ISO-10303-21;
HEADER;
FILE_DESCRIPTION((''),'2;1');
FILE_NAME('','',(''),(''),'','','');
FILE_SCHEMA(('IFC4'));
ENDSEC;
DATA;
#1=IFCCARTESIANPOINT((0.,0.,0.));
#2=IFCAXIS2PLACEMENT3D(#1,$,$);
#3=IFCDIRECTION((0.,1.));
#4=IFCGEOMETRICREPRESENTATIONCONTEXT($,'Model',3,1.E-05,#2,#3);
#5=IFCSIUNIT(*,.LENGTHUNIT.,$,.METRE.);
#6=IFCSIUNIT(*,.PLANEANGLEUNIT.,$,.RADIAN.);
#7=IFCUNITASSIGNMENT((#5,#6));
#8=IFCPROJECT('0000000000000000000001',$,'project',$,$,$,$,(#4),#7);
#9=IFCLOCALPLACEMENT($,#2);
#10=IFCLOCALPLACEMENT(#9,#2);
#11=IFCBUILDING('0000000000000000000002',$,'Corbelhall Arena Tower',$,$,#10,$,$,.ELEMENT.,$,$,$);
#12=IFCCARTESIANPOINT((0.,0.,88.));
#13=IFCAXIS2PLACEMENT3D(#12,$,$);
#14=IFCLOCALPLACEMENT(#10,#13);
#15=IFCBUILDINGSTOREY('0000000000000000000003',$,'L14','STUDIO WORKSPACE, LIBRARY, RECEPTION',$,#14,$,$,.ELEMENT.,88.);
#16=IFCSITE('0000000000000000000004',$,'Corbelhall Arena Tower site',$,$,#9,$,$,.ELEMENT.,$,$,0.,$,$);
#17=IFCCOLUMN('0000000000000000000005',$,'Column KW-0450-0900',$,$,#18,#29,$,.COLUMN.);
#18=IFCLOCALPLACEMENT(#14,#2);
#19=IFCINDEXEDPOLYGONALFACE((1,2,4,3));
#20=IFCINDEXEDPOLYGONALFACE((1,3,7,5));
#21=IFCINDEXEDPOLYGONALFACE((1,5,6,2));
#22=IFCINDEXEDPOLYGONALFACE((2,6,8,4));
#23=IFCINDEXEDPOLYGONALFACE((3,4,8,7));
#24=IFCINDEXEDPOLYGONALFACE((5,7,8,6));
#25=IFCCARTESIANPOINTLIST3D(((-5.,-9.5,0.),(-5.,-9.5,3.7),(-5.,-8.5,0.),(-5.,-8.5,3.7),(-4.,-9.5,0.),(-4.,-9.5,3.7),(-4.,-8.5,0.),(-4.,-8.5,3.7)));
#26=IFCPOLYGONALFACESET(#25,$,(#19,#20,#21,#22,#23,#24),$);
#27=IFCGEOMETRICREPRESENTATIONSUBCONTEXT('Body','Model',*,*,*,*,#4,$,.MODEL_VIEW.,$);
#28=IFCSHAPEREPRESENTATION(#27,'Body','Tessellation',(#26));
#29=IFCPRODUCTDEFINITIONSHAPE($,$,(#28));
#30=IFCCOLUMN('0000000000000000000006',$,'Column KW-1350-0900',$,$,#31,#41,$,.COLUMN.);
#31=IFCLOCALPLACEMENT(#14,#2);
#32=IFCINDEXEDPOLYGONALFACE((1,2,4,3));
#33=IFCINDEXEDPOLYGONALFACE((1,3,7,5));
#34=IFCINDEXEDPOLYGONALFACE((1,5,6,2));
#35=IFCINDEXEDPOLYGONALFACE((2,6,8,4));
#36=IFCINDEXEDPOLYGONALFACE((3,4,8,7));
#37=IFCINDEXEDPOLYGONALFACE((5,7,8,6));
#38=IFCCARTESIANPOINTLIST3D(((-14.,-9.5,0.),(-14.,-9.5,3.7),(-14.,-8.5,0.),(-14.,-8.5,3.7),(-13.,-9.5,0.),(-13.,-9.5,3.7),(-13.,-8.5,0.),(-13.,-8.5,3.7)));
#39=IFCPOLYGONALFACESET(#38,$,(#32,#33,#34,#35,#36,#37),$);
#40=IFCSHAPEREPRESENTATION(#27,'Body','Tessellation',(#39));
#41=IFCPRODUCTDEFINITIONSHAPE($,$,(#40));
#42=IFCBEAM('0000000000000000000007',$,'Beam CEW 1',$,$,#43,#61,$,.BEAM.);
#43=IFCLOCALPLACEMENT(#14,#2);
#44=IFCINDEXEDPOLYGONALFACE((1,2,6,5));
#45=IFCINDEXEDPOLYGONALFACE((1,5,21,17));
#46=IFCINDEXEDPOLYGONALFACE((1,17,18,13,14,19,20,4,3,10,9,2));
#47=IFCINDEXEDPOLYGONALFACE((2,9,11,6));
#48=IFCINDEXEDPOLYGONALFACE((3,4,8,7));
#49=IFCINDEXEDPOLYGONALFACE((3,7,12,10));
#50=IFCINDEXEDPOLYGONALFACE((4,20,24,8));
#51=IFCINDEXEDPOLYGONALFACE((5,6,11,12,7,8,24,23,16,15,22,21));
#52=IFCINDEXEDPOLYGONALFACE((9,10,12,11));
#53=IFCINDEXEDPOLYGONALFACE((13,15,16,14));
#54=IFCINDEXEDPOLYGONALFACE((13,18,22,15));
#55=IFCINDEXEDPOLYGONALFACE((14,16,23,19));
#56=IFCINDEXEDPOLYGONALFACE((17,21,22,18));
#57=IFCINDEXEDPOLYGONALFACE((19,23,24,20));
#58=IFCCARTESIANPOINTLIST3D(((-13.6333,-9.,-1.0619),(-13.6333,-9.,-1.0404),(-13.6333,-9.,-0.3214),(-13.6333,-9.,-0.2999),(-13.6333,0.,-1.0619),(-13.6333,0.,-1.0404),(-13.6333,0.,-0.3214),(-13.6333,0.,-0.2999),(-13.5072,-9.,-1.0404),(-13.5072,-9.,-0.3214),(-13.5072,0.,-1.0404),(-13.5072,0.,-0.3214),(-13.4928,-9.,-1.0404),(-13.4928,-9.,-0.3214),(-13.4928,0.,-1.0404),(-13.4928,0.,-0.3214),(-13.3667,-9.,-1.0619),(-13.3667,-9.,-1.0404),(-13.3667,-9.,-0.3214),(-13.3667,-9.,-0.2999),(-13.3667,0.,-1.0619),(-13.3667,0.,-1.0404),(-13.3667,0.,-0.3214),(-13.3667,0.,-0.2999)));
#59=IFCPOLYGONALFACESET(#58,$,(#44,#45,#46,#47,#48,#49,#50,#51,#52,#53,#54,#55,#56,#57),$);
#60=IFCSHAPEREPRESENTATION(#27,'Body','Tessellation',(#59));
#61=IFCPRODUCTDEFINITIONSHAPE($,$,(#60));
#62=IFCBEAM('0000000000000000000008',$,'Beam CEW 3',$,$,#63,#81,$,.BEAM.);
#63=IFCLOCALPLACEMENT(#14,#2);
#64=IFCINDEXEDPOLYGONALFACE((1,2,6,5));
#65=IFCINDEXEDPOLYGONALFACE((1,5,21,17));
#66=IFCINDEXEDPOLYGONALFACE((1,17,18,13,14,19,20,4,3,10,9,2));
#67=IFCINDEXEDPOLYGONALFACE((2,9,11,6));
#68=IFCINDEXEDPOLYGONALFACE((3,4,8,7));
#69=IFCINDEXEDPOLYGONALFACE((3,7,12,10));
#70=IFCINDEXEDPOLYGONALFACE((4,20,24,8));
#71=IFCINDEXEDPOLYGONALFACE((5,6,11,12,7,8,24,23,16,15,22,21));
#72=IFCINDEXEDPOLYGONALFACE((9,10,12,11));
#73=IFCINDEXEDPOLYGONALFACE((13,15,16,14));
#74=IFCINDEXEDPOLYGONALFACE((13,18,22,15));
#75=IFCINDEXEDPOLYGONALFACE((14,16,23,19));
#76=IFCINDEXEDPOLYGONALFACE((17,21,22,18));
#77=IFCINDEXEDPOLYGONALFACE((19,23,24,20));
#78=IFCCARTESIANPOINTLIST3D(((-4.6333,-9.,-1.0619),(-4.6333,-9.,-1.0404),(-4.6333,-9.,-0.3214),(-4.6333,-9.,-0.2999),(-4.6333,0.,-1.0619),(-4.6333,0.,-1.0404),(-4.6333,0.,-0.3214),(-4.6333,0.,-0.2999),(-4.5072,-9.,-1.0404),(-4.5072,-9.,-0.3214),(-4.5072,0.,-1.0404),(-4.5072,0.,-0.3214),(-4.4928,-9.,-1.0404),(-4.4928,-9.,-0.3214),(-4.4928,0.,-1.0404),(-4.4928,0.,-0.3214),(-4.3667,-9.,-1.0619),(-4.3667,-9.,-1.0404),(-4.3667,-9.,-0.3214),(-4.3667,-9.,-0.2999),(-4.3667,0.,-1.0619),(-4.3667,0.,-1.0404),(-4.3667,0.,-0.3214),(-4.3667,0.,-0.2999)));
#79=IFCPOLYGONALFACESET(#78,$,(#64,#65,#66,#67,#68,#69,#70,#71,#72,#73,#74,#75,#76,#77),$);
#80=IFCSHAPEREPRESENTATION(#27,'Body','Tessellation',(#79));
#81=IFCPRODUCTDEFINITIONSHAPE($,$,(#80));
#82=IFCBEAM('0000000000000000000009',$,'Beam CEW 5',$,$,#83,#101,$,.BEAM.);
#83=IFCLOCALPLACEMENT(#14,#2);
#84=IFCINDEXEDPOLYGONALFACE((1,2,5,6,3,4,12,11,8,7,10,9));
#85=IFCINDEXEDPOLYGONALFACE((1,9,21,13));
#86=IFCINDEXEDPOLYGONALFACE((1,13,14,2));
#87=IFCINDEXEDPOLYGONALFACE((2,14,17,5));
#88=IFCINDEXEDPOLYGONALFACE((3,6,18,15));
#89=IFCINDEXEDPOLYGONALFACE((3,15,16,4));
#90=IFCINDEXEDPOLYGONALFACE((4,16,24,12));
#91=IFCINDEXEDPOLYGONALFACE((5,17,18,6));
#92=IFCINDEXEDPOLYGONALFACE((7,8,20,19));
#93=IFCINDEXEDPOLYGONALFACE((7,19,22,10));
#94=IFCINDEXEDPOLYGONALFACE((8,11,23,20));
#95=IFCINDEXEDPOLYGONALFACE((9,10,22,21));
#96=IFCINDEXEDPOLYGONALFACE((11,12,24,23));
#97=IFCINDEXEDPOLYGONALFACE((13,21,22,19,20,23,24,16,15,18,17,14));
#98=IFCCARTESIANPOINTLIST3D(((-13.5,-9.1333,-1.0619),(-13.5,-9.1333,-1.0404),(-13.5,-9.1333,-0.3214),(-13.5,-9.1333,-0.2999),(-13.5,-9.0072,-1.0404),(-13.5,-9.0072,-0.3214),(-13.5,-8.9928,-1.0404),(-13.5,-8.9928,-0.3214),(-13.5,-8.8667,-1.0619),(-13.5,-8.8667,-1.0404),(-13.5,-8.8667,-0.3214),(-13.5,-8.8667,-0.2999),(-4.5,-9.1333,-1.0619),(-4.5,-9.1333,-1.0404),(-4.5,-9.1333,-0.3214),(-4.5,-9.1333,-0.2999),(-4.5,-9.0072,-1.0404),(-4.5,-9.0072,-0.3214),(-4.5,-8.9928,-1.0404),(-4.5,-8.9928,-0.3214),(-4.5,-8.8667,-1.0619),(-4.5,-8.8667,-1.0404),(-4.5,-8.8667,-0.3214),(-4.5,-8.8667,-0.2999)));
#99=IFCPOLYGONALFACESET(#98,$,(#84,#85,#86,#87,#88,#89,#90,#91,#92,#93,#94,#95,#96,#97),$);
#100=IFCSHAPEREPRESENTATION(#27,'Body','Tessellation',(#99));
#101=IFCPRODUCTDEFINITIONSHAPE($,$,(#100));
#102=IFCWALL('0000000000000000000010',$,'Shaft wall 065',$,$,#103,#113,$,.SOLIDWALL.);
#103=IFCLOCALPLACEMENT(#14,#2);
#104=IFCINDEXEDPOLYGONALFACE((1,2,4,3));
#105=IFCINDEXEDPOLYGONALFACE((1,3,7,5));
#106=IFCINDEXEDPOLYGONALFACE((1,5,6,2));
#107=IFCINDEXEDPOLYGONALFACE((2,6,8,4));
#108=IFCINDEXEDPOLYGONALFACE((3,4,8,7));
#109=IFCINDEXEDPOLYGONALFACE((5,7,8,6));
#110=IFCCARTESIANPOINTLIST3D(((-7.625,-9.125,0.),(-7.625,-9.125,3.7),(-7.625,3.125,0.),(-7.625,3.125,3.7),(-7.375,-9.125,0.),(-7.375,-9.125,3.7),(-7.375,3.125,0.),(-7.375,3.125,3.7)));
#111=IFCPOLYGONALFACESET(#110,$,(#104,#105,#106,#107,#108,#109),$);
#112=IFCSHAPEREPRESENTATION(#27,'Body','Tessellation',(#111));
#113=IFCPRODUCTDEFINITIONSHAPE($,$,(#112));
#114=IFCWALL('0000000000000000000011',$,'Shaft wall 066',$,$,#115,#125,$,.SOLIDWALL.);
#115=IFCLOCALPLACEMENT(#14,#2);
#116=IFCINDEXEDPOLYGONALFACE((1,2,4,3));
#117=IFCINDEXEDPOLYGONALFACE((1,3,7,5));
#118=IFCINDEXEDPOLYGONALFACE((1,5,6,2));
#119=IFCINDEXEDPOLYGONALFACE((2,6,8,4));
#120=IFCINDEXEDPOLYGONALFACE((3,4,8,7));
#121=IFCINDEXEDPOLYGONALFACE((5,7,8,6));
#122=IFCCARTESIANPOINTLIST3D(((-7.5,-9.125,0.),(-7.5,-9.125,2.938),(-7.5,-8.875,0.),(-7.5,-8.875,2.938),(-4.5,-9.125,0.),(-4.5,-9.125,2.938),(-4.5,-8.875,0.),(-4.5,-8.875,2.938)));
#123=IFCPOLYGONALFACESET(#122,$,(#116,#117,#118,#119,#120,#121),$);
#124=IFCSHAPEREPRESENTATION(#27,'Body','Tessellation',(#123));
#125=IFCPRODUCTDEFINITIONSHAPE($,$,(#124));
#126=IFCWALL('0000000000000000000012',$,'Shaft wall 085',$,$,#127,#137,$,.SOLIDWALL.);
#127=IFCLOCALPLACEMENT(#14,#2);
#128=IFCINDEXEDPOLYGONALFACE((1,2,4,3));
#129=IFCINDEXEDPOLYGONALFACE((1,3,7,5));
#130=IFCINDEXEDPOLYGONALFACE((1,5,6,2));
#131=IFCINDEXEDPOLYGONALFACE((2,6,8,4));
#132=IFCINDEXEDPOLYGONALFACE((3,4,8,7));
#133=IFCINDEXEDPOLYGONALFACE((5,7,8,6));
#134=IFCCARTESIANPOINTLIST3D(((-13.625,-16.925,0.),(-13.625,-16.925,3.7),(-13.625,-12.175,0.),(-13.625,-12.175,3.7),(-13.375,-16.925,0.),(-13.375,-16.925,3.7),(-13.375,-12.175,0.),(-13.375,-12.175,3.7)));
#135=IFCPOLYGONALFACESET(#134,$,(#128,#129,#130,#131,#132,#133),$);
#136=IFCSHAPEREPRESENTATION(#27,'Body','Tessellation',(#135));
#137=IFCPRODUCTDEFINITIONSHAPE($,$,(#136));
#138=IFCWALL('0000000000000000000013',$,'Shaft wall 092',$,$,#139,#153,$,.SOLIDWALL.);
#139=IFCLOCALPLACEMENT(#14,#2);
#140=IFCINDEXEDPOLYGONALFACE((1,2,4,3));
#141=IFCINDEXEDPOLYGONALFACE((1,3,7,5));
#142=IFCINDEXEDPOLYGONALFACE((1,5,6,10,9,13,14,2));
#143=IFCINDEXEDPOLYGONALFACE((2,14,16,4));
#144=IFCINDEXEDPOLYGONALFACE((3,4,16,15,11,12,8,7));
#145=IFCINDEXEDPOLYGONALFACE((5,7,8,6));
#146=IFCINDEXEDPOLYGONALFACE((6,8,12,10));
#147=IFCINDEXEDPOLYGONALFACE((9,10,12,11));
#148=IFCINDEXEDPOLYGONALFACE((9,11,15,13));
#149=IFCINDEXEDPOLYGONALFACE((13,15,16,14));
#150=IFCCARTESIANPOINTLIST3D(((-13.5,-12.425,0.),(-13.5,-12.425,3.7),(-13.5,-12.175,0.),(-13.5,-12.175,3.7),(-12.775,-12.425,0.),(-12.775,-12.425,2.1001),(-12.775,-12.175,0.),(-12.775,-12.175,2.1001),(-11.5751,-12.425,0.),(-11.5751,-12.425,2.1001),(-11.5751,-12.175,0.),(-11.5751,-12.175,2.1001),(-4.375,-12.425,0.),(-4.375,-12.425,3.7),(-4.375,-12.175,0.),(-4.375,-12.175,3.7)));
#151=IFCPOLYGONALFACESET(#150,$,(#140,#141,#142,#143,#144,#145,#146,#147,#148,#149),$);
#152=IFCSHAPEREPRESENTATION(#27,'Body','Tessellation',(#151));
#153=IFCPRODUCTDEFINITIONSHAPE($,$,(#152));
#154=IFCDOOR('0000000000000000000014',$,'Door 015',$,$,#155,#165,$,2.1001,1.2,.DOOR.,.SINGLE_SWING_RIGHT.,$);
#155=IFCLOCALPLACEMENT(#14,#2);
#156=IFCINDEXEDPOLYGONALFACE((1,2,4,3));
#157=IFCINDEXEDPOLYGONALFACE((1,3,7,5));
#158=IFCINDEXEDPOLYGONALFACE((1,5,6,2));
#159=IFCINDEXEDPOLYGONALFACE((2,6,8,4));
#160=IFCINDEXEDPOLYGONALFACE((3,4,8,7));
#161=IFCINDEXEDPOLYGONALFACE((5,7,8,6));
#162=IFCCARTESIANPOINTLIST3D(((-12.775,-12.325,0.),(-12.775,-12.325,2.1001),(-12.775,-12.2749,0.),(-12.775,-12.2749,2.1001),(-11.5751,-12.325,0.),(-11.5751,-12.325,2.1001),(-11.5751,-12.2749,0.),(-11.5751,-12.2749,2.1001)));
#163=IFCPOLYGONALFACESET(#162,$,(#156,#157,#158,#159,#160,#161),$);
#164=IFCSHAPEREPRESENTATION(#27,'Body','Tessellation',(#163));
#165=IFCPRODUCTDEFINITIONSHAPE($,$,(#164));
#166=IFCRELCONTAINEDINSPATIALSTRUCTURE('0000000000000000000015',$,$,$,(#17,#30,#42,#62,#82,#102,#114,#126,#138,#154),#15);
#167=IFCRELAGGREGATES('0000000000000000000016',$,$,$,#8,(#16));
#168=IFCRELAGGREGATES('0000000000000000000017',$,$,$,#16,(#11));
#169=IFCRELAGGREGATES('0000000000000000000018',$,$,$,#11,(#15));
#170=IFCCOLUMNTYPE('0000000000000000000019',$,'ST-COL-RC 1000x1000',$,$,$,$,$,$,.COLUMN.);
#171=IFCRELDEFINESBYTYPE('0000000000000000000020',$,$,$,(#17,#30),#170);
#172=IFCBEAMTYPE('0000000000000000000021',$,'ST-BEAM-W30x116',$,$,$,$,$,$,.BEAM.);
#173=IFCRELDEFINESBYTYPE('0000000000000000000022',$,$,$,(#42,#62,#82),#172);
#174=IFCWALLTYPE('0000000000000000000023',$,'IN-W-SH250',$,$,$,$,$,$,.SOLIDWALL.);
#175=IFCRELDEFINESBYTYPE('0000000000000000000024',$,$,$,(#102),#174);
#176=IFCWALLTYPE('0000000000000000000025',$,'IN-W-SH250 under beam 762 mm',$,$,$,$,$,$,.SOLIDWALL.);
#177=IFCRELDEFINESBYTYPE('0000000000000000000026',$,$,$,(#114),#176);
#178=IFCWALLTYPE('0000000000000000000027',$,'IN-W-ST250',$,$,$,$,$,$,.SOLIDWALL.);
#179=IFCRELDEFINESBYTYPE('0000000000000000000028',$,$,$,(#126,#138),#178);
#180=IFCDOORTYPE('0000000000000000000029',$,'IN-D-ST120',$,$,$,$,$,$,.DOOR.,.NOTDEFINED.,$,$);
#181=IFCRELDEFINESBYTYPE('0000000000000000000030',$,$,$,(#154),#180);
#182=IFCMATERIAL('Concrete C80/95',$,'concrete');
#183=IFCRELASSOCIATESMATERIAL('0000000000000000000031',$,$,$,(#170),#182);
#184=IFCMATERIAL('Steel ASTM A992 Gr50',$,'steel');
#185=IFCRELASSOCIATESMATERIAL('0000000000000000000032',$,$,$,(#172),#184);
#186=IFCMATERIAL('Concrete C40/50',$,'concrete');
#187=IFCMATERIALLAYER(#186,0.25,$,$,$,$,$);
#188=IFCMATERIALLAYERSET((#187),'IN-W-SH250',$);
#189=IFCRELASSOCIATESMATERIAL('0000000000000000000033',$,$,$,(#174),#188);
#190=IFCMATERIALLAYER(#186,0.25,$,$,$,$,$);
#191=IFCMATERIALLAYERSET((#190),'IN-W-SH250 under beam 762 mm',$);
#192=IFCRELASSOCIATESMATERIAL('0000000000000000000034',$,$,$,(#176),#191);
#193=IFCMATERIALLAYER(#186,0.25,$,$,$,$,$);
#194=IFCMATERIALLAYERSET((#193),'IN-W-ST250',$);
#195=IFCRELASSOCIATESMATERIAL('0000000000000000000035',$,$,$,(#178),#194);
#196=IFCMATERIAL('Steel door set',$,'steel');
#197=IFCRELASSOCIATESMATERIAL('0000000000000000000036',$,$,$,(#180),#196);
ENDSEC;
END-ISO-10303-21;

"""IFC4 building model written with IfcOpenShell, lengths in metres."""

from ifc_helpers import new_model, si_unit, direction, frame, frame_2d, origin, origin_2d, place, context, subcontext, project, spatial, rectangle, i_section, extrude, material, layer, layer_set, material_profile, profile_set, type_object, element, fill, save


model = new_model("IFC4")

# Units and contexts
model_context = context("Model", 3, precision=1e-05, world=origin(), true_north=direction((0.0, 1.0)))
body_context = subcontext(model_context, "Body", "Model", "MODEL_VIEW")
ifc_project = project(units=[si_unit("LENGTHUNIT", "METRE"), si_unit("PLANEANGLEUNIT", "RADIAN")], contexts=[model_context])

# Site, building, storey
site_placement = place(None, origin())
site = spatial("IfcSite", under=ifc_project, at=site_placement, Name="Corbelhall Arena Tower site", CompositionType="ELEMENT", RefElevation=0.0)
building_placement = place(site_placement, origin())
building = spatial("IfcBuilding", under=site, at=building_placement, Name="Corbelhall Arena Tower", CompositionType="ELEMENT")
storey_placement = place(building_placement, frame((0.0, 0.0, 88.0)))
storey = spatial("IfcBuildingStorey", under=building, at=storey_placement, Name="L14", Description="STUDIO WORKSPACE, LIBRARY, RECEPTION", CompositionType="ELEMENT", Elevation=88.0)

# Columns
ifc_material_1 = material(Name="Concrete C80/95", Category="concrete")
ifc_material_profile_1 = material_profile(ifc_material_1, rectangle(XDim=1.0, YDim=1.0, at=origin_2d()))
ifc_profile_set_1 = profile_set([ifc_material_profile_1], Name="Concrete C80/95")
column_type = type_object("IfcColumnType", Name="ST-COL-RC 1000x1000", PredefinedType="COLUMN", material=ifc_profile_set_1)
for number, where, z_axis, x_axis, name in (
    (1, (-4.5, -9.0, 0.0), (0.0, 0.0, 1.0), (1.0, 0.0, 0.0), "Column KW-0450-0900"),
    (2, (-13.5, -9.0, 0.0), (0.0, 0.0, 1.0), (1.0, 0.0, 0.0), "Column KW-1350-0900"),
):
    element("IfcColumn", number, at=place(storey_placement, frame(where, z_axis=z_axis, x_axis=x_axis)), inside=storey, type_object=column_type, Name=name, PredefinedType="COLUMN", context=body_context, shape_type="SweptSolid", body=[
        extrude(rectangle(XDim=1.0, YDim=1.0, at=origin_2d()), origin(), (0.0, 0.0, 1.0), 3.7),
    ])

# Beams
ifc_material_2 = material(Name="Steel ASTM A992 Gr50", Category="steel")
ifc_material_profile_2 = material_profile(ifc_material_2, i_section(OverallWidth=0.2666, OverallDepth=0.762, WebThickness=0.0144, FlangeThickness=0.0215, at=origin_2d()))
ifc_profile_set_2 = profile_set([ifc_material_profile_2], Name="Steel ASTM A992 Gr50")
beam_type = type_object("IfcBeamType", Name="ST-BEAM-W30x116", PredefinedType="BEAM", material=ifc_profile_set_2)
for number, where, z_axis, x_axis, name in (
    (3, (-13.5, -9.0, -0.6809), (0.0, 1.0, 0.0), (-1.0, 0.0, 0.0), "Beam CEW 1"),
    (4, (-4.5, -9.0, -0.6809), (0.0, 1.0, 0.0), (-1.0, 0.0, 0.0), "Beam CEW 3"),
    (5, (-13.5, -9.0, -0.6809), (1.0, 0.0, 0.0), (0.0, 1.0, 0.0), "Beam CEW 5"),
):
    element("IfcBeam", number, at=place(storey_placement, frame(where, z_axis=z_axis, x_axis=x_axis)), inside=storey, type_object=beam_type, Name=name, PredefinedType="BEAM", context=body_context, shape_type="SweptSolid", body=[
        extrude(i_section(OverallWidth=0.2666, OverallDepth=0.762, WebThickness=0.0144, FlangeThickness=0.0215, at=origin_2d()), origin(), (0.0, 0.0, 1.0), 9.0),
    ])

# Shared definitions
ifc_material_3 = material(Name="Steel door set", Category="steel")

# Walls
ifc_material_4 = material(Name="Concrete C40/50", Category="concrete")
ifc_layer_1 = layer(ifc_material_4, 0.25)
ifc_layer_set_1 = layer_set([ifc_layer_1], Name="IN-W-SH250")
wall_type_1 = type_object("IfcWallType", Name="IN-W-SH250", PredefinedType="SOLIDWALL", material=ifc_layer_set_1)
wall_1_placement = place(storey_placement, frame((-7.5, -9.125, 0.0), z_axis=(0.0, 0.0, 1.0), x_axis=(0.0, 1.0, 0.0)))
element("IfcWall", 6, at=wall_1_placement, inside=storey, type_object=wall_type_1, Name="Shaft wall 065", PredefinedType="SOLIDWALL", context=body_context, shape_type="SweptSolid", body=[
    extrude(rectangle(XDim=12.25, YDim=0.25, at=frame_2d((6.125, 0.0))), origin(), (0.0, 0.0, 1.0), 3.7),
])
ifc_layer_2 = layer(ifc_material_4, 0.25)
ifc_layer_set_2 = layer_set([ifc_layer_2], Name="IN-W-SH250 under beam 762 mm")
wall_type_2 = type_object("IfcWallType", Name="IN-W-SH250 under beam 762 mm", PredefinedType="SOLIDWALL", material=ifc_layer_set_2)
wall_2_placement = place(storey_placement, frame((-4.5, -9.0, 0.0), z_axis=(0.0, 0.0, 1.0), x_axis=(-1.0, 0.0, 0.0)))
element("IfcWall", 7, at=wall_2_placement, inside=storey, type_object=wall_type_2, Name="Shaft wall 066", PredefinedType="SOLIDWALL", context=body_context, shape_type="SweptSolid", body=[
    extrude(rectangle(XDim=3.0, YDim=0.25, at=frame_2d((1.5, 0.0))), origin(), (0.0, 0.0, 1.0), 2.938),
])
ifc_layer_3 = layer(ifc_material_4, 0.25)
ifc_layer_set_3 = layer_set([ifc_layer_3], Name="IN-W-ST250")
wall_type_3 = type_object("IfcWallType", Name="IN-W-ST250", PredefinedType="SOLIDWALL", material=ifc_layer_set_3)
wall_3_placement = place(storey_placement, frame((-13.5, -12.175, 0.0), z_axis=(0.0, 0.0, 1.0), x_axis=(0.0, -1.0, 0.0)))
element("IfcWall", 8, at=wall_3_placement, inside=storey, type_object=wall_type_3, Name="Shaft wall 085", PredefinedType="SOLIDWALL", context=body_context, shape_type="SweptSolid", body=[
    extrude(rectangle(XDim=4.75, YDim=0.25, at=frame_2d((2.375, 0.0))), origin(), (0.0, 0.0, 1.0), 3.7),
])

# Wall, opening, door
wall_4_placement = place(storey_placement, frame((-4.375, -12.3, 0.0), z_axis=(0.0, 0.0, 1.0), x_axis=(-1.0, 0.0, 0.0)))
wall_4 = element("IfcWall", 9, at=wall_4_placement, inside=storey, type_object=wall_type_3, Name="Shaft wall 092", PredefinedType="SOLIDWALL", context=body_context, shape_type="SweptSolid", body=[
    extrude(rectangle(XDim=9.125, YDim=0.25, at=frame_2d((4.5625, 0.0))), origin(), (0.0, 0.0, 1.0), 3.7),
])
opening_1_placement = place(wall_4_placement, frame((7.2, 0.0, 0.0)))
opening_1 = element("IfcOpeningElement", 10, at=opening_1_placement, cuts=wall_4, PredefinedType="OPENING", context=body_context, shape_type="SweptSolid", body=[
    extrude(rectangle(XDim=1.2, YDim=2.1001, at=frame_2d((0.6001, 1.05))), frame((0.0, 0.125, 0.0), z_axis=(0.0, -1.0, 0.0), x_axis=(1.0, 0.0, 0.0)), (0.0, 0.0, 1.0), 0.25),
])
door_type_1 = type_object("IfcDoorType", Name="IN-D-ST120", OperationType="NOTDEFINED", PredefinedType="DOOR", material=ifc_material_3)
door_1_placement = place(opening_1_placement, origin())
door_1 = element("IfcDoor", 11, at=door_1_placement, inside=storey, type_object=door_type_1, Name="Door 015", OperationType="SINGLE_SWING_RIGHT", OverallHeight=2.1001, OverallWidth=1.2, PredefinedType="DOOR", context=body_context, shape_type="SweptSolid", body=[
    extrude(rectangle(XDim=1.2, YDim=2.1001, at=frame_2d((0.6001, 1.05))), frame((0.0, 0.0249, 0.0), z_axis=(0.0, -1.0, 0.0), x_axis=(1.0, 0.0, 0.0)), (0.0, 0.0, 1.0), 0.05),
])
fill(opening_1, door_1)

save(model, "model.ifc")
